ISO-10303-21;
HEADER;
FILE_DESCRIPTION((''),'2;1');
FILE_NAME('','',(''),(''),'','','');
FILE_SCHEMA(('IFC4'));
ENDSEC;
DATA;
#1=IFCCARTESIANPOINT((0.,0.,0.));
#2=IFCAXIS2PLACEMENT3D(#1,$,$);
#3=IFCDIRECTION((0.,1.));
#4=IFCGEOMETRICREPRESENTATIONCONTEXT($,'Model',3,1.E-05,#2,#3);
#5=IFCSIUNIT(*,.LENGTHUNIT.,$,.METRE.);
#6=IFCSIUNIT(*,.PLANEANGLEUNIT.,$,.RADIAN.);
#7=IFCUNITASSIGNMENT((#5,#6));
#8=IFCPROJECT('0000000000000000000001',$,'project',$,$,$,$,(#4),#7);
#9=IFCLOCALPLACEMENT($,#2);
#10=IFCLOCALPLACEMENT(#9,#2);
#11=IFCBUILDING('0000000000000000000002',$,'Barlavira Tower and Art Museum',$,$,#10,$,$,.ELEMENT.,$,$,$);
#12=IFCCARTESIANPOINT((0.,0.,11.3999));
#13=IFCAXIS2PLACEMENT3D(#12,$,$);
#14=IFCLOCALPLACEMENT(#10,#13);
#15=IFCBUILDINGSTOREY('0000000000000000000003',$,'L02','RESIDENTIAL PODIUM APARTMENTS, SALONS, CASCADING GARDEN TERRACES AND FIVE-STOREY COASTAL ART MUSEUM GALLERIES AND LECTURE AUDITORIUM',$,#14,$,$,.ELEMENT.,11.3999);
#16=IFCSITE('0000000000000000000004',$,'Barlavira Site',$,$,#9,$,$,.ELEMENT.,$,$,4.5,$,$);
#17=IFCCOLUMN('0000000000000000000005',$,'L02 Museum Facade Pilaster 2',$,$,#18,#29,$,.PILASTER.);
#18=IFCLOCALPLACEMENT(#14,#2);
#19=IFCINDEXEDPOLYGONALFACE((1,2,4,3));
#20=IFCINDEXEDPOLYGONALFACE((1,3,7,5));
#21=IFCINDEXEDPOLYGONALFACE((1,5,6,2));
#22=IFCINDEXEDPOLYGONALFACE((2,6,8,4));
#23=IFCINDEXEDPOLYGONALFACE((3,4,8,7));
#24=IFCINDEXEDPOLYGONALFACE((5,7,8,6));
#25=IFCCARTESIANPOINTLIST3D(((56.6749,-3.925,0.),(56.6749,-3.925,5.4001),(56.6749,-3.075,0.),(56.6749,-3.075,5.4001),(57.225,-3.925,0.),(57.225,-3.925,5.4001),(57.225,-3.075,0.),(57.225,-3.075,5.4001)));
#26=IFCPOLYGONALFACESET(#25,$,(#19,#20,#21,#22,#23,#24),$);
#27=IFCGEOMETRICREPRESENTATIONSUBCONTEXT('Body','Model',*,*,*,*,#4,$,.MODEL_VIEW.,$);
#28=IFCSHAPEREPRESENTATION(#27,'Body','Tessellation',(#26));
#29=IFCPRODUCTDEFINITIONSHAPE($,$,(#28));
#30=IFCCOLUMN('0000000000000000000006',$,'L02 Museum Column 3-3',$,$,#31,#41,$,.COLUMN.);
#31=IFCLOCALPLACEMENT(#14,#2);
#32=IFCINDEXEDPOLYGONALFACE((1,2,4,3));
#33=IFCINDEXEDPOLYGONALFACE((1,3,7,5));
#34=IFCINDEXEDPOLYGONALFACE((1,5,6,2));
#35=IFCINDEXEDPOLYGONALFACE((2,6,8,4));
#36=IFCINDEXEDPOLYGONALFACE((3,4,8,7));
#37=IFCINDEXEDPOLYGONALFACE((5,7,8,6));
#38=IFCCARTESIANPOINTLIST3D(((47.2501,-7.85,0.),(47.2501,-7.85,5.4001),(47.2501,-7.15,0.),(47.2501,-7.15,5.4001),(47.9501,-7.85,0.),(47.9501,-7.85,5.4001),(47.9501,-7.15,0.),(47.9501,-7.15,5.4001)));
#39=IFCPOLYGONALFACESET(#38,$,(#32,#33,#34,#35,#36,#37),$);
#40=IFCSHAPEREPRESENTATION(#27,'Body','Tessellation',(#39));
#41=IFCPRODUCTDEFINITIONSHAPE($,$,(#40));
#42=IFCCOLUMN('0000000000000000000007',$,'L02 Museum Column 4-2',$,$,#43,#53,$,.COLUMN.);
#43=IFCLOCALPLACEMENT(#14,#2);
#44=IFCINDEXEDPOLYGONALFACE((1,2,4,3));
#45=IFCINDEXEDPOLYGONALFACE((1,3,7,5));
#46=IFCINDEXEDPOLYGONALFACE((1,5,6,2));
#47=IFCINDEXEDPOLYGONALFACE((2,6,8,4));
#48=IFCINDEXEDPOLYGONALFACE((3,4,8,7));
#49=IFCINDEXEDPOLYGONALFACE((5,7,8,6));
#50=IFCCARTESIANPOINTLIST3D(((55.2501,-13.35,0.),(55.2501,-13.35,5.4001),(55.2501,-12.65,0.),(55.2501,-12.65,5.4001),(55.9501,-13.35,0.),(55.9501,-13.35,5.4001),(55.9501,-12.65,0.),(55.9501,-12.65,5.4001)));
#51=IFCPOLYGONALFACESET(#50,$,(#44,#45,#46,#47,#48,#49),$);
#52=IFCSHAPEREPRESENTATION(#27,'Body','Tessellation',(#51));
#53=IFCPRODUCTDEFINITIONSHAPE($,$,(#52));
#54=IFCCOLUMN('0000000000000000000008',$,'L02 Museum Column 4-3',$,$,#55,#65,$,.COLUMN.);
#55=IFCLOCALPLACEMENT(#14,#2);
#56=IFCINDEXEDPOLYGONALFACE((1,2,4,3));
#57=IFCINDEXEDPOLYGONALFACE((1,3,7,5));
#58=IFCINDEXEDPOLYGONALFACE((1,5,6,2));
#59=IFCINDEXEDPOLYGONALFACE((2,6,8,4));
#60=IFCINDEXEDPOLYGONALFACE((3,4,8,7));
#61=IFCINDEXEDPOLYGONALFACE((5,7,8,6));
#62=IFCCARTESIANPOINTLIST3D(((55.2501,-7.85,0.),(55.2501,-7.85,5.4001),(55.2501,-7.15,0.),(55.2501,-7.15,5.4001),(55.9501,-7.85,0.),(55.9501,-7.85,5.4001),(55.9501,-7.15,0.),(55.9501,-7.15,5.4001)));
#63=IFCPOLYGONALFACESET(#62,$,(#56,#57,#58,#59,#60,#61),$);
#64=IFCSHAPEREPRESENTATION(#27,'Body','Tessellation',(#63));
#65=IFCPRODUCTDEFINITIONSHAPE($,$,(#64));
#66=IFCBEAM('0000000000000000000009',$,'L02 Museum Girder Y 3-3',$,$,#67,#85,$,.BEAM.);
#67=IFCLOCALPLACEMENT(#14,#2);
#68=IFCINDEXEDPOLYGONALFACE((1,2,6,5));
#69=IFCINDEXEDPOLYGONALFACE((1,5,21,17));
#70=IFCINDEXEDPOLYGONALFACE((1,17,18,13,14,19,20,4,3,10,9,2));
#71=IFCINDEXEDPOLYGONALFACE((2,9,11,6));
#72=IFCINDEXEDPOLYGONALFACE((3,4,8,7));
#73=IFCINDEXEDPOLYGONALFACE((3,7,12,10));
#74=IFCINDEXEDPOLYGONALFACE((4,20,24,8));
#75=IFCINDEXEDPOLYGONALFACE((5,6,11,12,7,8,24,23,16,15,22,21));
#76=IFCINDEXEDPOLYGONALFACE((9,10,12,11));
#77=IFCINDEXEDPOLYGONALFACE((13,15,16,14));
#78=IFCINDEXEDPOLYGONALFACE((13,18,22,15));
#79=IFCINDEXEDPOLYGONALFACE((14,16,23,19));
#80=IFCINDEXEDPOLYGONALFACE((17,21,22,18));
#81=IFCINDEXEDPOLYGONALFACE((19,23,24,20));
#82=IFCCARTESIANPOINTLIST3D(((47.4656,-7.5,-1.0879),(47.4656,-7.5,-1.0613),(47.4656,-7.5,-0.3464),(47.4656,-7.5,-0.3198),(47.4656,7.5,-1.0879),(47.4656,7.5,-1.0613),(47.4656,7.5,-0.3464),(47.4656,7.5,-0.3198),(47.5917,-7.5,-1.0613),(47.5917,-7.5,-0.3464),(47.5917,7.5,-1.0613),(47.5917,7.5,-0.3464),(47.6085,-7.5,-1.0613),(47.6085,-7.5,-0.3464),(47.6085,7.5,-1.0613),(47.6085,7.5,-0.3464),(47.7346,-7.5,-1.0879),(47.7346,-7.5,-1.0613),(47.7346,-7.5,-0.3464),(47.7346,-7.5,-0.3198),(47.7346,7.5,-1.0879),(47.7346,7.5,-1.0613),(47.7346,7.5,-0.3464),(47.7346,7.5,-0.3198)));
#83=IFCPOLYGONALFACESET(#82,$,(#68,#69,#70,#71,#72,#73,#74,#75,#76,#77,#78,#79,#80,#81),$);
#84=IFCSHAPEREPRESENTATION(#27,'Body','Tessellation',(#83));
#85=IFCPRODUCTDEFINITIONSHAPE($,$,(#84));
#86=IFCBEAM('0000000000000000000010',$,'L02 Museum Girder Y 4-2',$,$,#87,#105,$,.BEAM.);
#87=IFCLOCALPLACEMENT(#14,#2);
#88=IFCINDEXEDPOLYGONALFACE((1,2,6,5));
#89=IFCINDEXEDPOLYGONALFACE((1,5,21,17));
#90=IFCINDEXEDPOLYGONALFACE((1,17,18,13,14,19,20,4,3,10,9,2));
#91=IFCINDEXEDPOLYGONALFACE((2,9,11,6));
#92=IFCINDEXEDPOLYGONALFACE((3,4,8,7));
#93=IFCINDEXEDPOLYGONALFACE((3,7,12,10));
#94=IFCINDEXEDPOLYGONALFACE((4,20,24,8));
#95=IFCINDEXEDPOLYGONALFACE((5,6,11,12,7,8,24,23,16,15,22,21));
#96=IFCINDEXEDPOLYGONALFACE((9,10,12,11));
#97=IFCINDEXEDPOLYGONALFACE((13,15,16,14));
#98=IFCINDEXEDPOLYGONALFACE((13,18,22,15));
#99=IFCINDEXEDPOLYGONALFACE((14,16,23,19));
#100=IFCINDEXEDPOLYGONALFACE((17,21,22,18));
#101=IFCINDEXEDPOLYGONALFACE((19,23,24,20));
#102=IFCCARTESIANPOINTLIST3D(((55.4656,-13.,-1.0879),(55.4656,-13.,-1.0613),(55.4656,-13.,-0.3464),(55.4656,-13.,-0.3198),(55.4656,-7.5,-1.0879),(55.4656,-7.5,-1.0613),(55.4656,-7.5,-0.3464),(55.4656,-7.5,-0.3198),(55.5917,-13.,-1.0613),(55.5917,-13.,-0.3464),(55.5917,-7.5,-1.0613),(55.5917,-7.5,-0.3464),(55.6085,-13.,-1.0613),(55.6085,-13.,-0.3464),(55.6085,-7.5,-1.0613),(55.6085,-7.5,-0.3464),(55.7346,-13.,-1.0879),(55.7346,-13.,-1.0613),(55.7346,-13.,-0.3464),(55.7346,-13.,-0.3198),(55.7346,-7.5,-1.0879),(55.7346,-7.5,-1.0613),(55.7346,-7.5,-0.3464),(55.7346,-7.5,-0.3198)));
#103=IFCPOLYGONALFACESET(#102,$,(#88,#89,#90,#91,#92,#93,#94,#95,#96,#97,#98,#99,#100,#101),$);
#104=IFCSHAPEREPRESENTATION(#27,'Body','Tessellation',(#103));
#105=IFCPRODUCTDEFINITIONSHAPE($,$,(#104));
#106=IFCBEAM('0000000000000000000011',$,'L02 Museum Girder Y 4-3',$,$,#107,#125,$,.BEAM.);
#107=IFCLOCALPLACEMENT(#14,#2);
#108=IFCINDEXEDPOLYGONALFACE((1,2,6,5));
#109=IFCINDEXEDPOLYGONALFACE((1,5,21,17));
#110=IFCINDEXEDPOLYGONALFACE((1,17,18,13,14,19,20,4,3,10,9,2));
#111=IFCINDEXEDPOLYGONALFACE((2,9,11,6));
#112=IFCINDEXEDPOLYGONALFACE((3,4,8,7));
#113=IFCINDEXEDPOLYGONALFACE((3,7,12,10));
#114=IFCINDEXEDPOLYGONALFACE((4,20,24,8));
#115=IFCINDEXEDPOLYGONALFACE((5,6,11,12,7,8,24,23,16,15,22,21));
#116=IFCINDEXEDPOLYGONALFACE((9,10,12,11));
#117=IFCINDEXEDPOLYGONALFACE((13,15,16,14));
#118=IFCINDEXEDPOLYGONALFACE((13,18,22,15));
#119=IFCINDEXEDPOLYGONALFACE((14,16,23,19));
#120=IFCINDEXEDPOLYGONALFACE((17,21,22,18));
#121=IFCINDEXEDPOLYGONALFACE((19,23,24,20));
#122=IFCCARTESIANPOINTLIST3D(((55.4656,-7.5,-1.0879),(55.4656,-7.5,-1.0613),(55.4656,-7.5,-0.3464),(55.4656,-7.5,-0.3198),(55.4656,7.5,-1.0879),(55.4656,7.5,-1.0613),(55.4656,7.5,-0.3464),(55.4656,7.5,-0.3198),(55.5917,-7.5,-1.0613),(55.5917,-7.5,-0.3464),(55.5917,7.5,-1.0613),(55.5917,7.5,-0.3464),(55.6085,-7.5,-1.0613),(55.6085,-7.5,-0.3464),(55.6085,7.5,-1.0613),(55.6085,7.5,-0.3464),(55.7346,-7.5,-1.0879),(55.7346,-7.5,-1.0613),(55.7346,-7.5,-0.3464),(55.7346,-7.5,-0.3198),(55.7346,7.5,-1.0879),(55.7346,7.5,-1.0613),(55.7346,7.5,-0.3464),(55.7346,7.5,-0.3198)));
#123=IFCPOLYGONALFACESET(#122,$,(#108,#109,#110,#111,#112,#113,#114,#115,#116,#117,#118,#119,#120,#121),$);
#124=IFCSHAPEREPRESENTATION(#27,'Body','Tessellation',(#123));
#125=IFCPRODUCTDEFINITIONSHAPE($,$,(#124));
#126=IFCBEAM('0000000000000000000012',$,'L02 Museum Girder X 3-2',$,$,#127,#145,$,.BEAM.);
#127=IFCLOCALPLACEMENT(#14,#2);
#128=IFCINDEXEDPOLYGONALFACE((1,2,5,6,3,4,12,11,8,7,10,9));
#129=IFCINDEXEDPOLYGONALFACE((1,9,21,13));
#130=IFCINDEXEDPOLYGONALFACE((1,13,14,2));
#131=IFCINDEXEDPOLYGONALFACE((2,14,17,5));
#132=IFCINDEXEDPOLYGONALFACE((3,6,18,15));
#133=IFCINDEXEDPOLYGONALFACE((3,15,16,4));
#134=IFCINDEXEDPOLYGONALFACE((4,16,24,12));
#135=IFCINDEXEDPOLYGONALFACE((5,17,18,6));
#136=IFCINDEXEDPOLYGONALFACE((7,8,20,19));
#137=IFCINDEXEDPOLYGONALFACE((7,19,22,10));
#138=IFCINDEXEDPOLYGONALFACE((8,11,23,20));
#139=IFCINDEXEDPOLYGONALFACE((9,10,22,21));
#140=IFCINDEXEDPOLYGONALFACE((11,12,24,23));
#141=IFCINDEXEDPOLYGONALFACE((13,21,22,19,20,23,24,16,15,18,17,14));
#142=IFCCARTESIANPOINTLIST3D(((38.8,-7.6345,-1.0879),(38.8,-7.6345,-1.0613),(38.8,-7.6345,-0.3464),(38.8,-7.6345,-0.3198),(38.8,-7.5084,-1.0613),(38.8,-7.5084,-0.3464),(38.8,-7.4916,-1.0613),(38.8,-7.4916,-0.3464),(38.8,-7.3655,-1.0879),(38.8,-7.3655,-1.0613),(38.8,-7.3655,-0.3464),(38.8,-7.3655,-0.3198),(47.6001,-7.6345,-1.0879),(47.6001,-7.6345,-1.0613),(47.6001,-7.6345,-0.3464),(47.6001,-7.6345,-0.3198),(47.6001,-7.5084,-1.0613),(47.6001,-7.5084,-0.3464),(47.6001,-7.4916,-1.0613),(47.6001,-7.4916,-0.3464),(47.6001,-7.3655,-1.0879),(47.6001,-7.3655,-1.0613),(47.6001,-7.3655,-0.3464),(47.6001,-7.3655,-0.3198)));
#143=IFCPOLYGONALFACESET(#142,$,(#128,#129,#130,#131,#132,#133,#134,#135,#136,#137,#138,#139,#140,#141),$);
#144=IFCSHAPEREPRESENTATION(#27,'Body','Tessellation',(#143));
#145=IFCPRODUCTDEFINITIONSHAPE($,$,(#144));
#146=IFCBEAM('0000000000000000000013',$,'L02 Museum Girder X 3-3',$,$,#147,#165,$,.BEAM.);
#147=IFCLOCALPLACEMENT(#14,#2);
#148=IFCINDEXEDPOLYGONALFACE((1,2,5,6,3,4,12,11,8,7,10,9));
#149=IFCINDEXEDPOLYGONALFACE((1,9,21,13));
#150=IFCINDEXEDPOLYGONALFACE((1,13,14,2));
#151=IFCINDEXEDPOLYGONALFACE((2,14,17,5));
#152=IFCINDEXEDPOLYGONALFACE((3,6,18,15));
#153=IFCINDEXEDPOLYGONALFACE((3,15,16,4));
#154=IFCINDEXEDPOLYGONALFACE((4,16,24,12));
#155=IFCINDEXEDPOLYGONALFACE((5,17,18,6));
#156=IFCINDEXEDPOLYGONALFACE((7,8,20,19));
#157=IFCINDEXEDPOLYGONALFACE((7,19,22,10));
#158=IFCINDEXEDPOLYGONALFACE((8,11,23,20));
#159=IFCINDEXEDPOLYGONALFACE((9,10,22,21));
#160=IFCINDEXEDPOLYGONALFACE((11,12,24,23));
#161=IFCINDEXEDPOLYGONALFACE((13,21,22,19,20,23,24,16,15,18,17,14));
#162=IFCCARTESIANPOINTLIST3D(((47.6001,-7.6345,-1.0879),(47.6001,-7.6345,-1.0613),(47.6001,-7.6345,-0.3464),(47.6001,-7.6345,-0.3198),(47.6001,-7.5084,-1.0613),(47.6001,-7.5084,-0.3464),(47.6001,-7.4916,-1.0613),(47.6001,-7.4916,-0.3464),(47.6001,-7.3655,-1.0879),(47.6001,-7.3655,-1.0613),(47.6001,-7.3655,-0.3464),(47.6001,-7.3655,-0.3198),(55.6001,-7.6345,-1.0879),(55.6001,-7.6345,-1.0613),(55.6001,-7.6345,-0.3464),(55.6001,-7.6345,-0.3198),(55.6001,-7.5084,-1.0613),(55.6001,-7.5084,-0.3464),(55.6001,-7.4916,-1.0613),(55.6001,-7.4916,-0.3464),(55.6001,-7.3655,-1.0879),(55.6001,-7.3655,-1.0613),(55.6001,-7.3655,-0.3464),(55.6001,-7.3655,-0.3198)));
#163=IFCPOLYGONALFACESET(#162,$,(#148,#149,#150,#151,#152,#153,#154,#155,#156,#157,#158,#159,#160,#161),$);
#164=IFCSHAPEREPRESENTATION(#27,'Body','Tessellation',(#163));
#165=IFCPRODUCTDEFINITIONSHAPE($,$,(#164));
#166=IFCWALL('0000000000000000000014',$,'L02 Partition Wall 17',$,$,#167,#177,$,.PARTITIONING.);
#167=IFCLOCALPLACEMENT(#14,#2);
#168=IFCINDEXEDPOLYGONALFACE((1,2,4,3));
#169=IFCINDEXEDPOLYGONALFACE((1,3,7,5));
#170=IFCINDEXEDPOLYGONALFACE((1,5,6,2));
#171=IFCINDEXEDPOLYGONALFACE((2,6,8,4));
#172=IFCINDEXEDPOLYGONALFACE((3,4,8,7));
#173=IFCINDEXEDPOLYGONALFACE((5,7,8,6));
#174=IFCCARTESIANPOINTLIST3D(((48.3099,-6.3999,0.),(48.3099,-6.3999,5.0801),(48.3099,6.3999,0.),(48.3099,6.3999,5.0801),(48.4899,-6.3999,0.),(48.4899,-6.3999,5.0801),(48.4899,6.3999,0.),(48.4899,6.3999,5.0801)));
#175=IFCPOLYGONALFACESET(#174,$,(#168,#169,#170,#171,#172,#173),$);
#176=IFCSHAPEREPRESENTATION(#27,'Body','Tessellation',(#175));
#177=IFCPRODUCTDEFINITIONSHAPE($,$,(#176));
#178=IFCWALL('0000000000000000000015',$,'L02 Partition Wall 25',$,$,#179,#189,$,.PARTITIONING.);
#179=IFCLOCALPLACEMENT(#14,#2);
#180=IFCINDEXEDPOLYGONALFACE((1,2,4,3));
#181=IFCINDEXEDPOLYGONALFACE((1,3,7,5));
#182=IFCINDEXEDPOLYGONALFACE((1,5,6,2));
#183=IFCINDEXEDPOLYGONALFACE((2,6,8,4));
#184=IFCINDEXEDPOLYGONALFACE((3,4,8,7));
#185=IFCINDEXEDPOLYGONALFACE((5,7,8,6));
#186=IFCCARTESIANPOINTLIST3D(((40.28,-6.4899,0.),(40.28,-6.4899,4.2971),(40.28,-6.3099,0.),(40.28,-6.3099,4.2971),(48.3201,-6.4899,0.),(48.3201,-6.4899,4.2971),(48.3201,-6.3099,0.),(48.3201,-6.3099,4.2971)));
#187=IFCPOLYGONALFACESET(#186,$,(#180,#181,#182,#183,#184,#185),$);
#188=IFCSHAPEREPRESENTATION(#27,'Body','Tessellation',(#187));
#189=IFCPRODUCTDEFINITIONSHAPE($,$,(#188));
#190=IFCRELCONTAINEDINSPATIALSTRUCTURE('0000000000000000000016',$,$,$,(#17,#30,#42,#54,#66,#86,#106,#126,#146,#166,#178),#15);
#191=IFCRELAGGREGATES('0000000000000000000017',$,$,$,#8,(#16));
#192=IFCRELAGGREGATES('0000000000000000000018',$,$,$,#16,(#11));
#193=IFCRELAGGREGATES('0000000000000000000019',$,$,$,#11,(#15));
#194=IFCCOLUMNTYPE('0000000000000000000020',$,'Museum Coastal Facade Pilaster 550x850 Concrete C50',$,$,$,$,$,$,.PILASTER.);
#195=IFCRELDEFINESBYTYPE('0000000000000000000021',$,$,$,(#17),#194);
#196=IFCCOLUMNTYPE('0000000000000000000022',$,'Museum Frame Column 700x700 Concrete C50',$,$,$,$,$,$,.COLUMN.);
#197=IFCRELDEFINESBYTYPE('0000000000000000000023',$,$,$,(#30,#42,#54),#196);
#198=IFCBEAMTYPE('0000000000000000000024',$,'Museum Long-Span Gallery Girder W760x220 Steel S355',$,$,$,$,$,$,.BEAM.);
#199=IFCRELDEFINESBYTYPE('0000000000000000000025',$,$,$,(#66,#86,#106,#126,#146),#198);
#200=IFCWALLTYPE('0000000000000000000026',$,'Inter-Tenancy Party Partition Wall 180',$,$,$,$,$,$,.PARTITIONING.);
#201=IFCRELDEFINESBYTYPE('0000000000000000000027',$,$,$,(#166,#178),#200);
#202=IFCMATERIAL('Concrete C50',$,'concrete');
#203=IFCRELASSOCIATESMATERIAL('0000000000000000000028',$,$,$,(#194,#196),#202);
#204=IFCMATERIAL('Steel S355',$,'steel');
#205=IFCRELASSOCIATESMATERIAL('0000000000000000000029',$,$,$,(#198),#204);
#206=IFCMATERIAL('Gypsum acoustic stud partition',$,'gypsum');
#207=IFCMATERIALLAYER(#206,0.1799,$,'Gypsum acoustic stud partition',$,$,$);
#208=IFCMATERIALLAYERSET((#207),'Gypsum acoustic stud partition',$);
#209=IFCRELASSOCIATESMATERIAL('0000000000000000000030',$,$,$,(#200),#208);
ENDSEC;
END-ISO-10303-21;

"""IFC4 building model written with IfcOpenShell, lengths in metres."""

from ifc_helpers import new_model, si_unit, direction, frame, frame_2d, origin, origin_2d, place, context, subcontext, project, spatial, rectangle, i_section, extrude, material, layer, layer_set, material_profile, profile_set, type_object, element, save


model = new_model("IFC4")

# Units and contexts
model_context = context("Model", 3, precision=1e-05, world=origin(), true_north=direction((0.0, 1.0)))
body_context = subcontext(model_context, "Body", "Model", "MODEL_VIEW")
ifc_project = project(units=[si_unit("LENGTHUNIT", "METRE"), si_unit("PLANEANGLEUNIT", "RADIAN")], contexts=[model_context])

# Site, building, storey
site_placement = place(None, origin())
site = spatial("IfcSite", under=ifc_project, at=site_placement, Name="Barlavira Site", CompositionType="ELEMENT", RefElevation=4.5)
building_placement = place(site_placement, origin())
building = spatial("IfcBuilding", under=site, at=building_placement, Name="Barlavira Tower and Art Museum", CompositionType="ELEMENT")
storey_placement = place(building_placement, frame((0.0, 0.0, 11.3999)))
storey = spatial("IfcBuildingStorey", under=building, at=storey_placement, Name="L02", Description="RESIDENTIAL PODIUM APARTMENTS, SALONS, CASCADING GARDEN TERRACES AND FIVE-STOREY COASTAL ART MUSEUM GALLERIES AND LECTURE AUDITORIUM", CompositionType="ELEMENT", Elevation=11.3999)

# Columns
ifc_material_1 = material(Name="Concrete C50", Category="concrete")
ifc_material_profile_1 = material_profile(ifc_material_1, rectangle(XDim=0.55, YDim=0.8501, at=origin_2d()), Name="RC-PIL 550x850")
ifc_profile_set_1 = profile_set([ifc_material_profile_1], Name="Concrete C50")
column_type_1 = type_object("IfcColumnType", Name="Museum Coastal Facade Pilaster 550x850 Concrete C50", PredefinedType="PILASTER", material=ifc_profile_set_1)
column_placement = place(storey_placement, frame((56.95, -3.5, 0.0), z_axis=(0.0, 0.0, 1.0), x_axis=(1.0, 0.0, 0.0)))
element("IfcColumn", 1, at=column_placement, inside=storey, type_object=column_type_1, Name="L02 Museum Facade Pilaster 2", PredefinedType="PILASTER", context=body_context, shape_type="SweptSolid", body=[
    extrude(rectangle(XDim=0.55, YDim=0.8501, at=origin_2d()), origin(), (0.0, 0.0, 1.0), 5.4001),
])
ifc_material_profile_2 = material_profile(ifc_material_1, rectangle(XDim=0.7, YDim=0.7, at=origin_2d()), Name="RC-COL 700x700")
ifc_profile_set_2 = profile_set([ifc_material_profile_2], Name="Concrete C50")
column_type_2 = type_object("IfcColumnType", Name="Museum Frame Column 700x700 Concrete C50", PredefinedType="COLUMN", material=ifc_profile_set_2)
for number, where, z_axis, x_axis, name in (
    (2, (47.6001, -7.5, 0.0), (0.0, 0.0, 1.0), (1.0, 0.0, 0.0), "L02 Museum Column 3-3"),
    (3, (55.6001, -13.0, 0.0), (0.0, 0.0, 1.0), (1.0, 0.0, 0.0), "L02 Museum Column 4-2"),
    (4, (55.6001, -7.5, 0.0), (0.0, 0.0, 1.0), (1.0, 0.0, 0.0), "L02 Museum Column 4-3"),
):
    element("IfcColumn", number, at=place(storey_placement, frame(where, z_axis=z_axis, x_axis=x_axis)), inside=storey, type_object=column_type_2, Name=name, PredefinedType="COLUMN", context=body_context, shape_type="SweptSolid", body=[
        extrude(rectangle(XDim=0.7, YDim=0.7, at=origin_2d()), origin(), (0.0, 0.0, 1.0), 5.4001),
    ])

# Beams
ifc_material_2 = material(Name="Steel S355", Category="steel")
ifc_material_profile_3 = material_profile(ifc_material_2, i_section(OverallWidth=0.269, OverallDepth=0.7681, WebThickness=0.0168, FlangeThickness=0.0266, at=origin_2d()), Name="W760x220.0")
ifc_profile_set_3 = profile_set([ifc_material_profile_3], Name="Steel S355")
beam_type = type_object("IfcBeamType", Name="Museum Long-Span Gallery Girder W760x220 Steel S355", PredefinedType="BEAM", material=ifc_profile_set_3)
beam_1_placement = place(storey_placement, frame((47.6001, -7.5, -0.7039), z_axis=(0.0, 1.0, 0.0), x_axis=(-1.0, 0.0, 0.0)))
element("IfcBeam", 5, at=beam_1_placement, inside=storey, type_object=beam_type, Name="L02 Museum Girder Y 3-3", PredefinedType="BEAM", context=body_context, shape_type="SweptSolid", body=[
    extrude(i_section(OverallWidth=0.269, OverallDepth=0.7681, WebThickness=0.0168, FlangeThickness=0.0266, at=origin_2d()), origin(), (0.0, 0.0, 1.0), 15.0),
])
beam_2_placement = place(storey_placement, frame((55.6001, -13.0, -0.7039), z_axis=(0.0, 1.0, 0.0), x_axis=(-1.0, 0.0, 0.0)))
element("IfcBeam", 6, at=beam_2_placement, inside=storey, type_object=beam_type, Name="L02 Museum Girder Y 4-2", PredefinedType="BEAM", context=body_context, shape_type="SweptSolid", body=[
    extrude(i_section(OverallWidth=0.269, OverallDepth=0.7681, WebThickness=0.0168, FlangeThickness=0.0266, at=origin_2d()), origin(), (0.0, 0.0, 1.0), 5.5),
])
beam_3_placement = place(storey_placement, frame((55.6001, -7.5, -0.7039), z_axis=(0.0, 1.0, 0.0), x_axis=(-1.0, 0.0, 0.0)))
element("IfcBeam", 7, at=beam_3_placement, inside=storey, type_object=beam_type, Name="L02 Museum Girder Y 4-3", PredefinedType="BEAM", context=body_context, shape_type="SweptSolid", body=[
    extrude(i_section(OverallWidth=0.269, OverallDepth=0.7681, WebThickness=0.0168, FlangeThickness=0.0266, at=origin_2d()), origin(), (0.0, 0.0, 1.0), 15.0),
])
beam_4_placement = place(storey_placement, frame((38.8, -7.5, -0.7039), z_axis=(1.0, 0.0, 0.0), x_axis=(0.0, 1.0, 0.0)))
element("IfcBeam", 8, at=beam_4_placement, inside=storey, type_object=beam_type, Name="L02 Museum Girder X 3-2", PredefinedType="BEAM", context=body_context, shape_type="SweptSolid", body=[
    extrude(i_section(OverallWidth=0.269, OverallDepth=0.7681, WebThickness=0.0168, FlangeThickness=0.0266, at=origin_2d()), origin(), (0.0, 0.0, 1.0), 8.8),
])
beam_5_placement = place(storey_placement, frame((47.6001, -7.5, -0.7039), z_axis=(1.0, 0.0, 0.0), x_axis=(0.0, 1.0, 0.0)))
element("IfcBeam", 9, at=beam_5_placement, inside=storey, type_object=beam_type, Name="L02 Museum Girder X 3-3", PredefinedType="BEAM", context=body_context, shape_type="SweptSolid", body=[
    extrude(i_section(OverallWidth=0.269, OverallDepth=0.7681, WebThickness=0.0168, FlangeThickness=0.0266, at=origin_2d()), origin(), (0.0, 0.0, 1.0), 8.0),
])

# Walls
ifc_material_3 = material(Name="Gypsum acoustic stud partition", Category="gypsum")
ifc_layer = layer(ifc_material_3, 0.1799, Name="Gypsum acoustic stud partition")
ifc_layer_set = layer_set([ifc_layer], Name="Gypsum acoustic stud partition")
wall_type = type_object("IfcWallType", Name="Inter-Tenancy Party Partition Wall 180", PredefinedType="PARTITIONING", material=ifc_layer_set)
wall_1_placement = place(storey_placement, frame((48.3999, -6.3999, 0.0), z_axis=(0.0, 0.0, 1.0), x_axis=(0.0, 1.0, 0.0)))
element("IfcWall", 10, at=wall_1_placement, inside=storey, type_object=wall_type, Name="L02 Partition Wall 17", PredefinedType="PARTITIONING", context=body_context, shape_type="SweptSolid", body=[
    extrude(rectangle(XDim=12.7998, YDim=0.1799, at=frame_2d((6.3999, 0.0))), origin(), (0.0, 0.0, 1.0), 5.0801),
])
wall_2_placement = place(storey_placement, frame((40.28, -6.3999, 0.0), z_axis=(0.0, 0.0, 1.0), x_axis=(1.0, 0.0, 0.0)))
element("IfcWall", 11, at=wall_2_placement, inside=storey, type_object=wall_type, Name="L02 Partition Wall 25", PredefinedType="PARTITIONING", context=body_context, shape_type="SweptSolid", body=[
    extrude(rectangle(XDim=8.04, YDim=0.1799, at=frame_2d((4.02, 0.0))), origin(), (0.0, 0.0, 1.0), 4.2971),
])

save(model, "model.ifc")
